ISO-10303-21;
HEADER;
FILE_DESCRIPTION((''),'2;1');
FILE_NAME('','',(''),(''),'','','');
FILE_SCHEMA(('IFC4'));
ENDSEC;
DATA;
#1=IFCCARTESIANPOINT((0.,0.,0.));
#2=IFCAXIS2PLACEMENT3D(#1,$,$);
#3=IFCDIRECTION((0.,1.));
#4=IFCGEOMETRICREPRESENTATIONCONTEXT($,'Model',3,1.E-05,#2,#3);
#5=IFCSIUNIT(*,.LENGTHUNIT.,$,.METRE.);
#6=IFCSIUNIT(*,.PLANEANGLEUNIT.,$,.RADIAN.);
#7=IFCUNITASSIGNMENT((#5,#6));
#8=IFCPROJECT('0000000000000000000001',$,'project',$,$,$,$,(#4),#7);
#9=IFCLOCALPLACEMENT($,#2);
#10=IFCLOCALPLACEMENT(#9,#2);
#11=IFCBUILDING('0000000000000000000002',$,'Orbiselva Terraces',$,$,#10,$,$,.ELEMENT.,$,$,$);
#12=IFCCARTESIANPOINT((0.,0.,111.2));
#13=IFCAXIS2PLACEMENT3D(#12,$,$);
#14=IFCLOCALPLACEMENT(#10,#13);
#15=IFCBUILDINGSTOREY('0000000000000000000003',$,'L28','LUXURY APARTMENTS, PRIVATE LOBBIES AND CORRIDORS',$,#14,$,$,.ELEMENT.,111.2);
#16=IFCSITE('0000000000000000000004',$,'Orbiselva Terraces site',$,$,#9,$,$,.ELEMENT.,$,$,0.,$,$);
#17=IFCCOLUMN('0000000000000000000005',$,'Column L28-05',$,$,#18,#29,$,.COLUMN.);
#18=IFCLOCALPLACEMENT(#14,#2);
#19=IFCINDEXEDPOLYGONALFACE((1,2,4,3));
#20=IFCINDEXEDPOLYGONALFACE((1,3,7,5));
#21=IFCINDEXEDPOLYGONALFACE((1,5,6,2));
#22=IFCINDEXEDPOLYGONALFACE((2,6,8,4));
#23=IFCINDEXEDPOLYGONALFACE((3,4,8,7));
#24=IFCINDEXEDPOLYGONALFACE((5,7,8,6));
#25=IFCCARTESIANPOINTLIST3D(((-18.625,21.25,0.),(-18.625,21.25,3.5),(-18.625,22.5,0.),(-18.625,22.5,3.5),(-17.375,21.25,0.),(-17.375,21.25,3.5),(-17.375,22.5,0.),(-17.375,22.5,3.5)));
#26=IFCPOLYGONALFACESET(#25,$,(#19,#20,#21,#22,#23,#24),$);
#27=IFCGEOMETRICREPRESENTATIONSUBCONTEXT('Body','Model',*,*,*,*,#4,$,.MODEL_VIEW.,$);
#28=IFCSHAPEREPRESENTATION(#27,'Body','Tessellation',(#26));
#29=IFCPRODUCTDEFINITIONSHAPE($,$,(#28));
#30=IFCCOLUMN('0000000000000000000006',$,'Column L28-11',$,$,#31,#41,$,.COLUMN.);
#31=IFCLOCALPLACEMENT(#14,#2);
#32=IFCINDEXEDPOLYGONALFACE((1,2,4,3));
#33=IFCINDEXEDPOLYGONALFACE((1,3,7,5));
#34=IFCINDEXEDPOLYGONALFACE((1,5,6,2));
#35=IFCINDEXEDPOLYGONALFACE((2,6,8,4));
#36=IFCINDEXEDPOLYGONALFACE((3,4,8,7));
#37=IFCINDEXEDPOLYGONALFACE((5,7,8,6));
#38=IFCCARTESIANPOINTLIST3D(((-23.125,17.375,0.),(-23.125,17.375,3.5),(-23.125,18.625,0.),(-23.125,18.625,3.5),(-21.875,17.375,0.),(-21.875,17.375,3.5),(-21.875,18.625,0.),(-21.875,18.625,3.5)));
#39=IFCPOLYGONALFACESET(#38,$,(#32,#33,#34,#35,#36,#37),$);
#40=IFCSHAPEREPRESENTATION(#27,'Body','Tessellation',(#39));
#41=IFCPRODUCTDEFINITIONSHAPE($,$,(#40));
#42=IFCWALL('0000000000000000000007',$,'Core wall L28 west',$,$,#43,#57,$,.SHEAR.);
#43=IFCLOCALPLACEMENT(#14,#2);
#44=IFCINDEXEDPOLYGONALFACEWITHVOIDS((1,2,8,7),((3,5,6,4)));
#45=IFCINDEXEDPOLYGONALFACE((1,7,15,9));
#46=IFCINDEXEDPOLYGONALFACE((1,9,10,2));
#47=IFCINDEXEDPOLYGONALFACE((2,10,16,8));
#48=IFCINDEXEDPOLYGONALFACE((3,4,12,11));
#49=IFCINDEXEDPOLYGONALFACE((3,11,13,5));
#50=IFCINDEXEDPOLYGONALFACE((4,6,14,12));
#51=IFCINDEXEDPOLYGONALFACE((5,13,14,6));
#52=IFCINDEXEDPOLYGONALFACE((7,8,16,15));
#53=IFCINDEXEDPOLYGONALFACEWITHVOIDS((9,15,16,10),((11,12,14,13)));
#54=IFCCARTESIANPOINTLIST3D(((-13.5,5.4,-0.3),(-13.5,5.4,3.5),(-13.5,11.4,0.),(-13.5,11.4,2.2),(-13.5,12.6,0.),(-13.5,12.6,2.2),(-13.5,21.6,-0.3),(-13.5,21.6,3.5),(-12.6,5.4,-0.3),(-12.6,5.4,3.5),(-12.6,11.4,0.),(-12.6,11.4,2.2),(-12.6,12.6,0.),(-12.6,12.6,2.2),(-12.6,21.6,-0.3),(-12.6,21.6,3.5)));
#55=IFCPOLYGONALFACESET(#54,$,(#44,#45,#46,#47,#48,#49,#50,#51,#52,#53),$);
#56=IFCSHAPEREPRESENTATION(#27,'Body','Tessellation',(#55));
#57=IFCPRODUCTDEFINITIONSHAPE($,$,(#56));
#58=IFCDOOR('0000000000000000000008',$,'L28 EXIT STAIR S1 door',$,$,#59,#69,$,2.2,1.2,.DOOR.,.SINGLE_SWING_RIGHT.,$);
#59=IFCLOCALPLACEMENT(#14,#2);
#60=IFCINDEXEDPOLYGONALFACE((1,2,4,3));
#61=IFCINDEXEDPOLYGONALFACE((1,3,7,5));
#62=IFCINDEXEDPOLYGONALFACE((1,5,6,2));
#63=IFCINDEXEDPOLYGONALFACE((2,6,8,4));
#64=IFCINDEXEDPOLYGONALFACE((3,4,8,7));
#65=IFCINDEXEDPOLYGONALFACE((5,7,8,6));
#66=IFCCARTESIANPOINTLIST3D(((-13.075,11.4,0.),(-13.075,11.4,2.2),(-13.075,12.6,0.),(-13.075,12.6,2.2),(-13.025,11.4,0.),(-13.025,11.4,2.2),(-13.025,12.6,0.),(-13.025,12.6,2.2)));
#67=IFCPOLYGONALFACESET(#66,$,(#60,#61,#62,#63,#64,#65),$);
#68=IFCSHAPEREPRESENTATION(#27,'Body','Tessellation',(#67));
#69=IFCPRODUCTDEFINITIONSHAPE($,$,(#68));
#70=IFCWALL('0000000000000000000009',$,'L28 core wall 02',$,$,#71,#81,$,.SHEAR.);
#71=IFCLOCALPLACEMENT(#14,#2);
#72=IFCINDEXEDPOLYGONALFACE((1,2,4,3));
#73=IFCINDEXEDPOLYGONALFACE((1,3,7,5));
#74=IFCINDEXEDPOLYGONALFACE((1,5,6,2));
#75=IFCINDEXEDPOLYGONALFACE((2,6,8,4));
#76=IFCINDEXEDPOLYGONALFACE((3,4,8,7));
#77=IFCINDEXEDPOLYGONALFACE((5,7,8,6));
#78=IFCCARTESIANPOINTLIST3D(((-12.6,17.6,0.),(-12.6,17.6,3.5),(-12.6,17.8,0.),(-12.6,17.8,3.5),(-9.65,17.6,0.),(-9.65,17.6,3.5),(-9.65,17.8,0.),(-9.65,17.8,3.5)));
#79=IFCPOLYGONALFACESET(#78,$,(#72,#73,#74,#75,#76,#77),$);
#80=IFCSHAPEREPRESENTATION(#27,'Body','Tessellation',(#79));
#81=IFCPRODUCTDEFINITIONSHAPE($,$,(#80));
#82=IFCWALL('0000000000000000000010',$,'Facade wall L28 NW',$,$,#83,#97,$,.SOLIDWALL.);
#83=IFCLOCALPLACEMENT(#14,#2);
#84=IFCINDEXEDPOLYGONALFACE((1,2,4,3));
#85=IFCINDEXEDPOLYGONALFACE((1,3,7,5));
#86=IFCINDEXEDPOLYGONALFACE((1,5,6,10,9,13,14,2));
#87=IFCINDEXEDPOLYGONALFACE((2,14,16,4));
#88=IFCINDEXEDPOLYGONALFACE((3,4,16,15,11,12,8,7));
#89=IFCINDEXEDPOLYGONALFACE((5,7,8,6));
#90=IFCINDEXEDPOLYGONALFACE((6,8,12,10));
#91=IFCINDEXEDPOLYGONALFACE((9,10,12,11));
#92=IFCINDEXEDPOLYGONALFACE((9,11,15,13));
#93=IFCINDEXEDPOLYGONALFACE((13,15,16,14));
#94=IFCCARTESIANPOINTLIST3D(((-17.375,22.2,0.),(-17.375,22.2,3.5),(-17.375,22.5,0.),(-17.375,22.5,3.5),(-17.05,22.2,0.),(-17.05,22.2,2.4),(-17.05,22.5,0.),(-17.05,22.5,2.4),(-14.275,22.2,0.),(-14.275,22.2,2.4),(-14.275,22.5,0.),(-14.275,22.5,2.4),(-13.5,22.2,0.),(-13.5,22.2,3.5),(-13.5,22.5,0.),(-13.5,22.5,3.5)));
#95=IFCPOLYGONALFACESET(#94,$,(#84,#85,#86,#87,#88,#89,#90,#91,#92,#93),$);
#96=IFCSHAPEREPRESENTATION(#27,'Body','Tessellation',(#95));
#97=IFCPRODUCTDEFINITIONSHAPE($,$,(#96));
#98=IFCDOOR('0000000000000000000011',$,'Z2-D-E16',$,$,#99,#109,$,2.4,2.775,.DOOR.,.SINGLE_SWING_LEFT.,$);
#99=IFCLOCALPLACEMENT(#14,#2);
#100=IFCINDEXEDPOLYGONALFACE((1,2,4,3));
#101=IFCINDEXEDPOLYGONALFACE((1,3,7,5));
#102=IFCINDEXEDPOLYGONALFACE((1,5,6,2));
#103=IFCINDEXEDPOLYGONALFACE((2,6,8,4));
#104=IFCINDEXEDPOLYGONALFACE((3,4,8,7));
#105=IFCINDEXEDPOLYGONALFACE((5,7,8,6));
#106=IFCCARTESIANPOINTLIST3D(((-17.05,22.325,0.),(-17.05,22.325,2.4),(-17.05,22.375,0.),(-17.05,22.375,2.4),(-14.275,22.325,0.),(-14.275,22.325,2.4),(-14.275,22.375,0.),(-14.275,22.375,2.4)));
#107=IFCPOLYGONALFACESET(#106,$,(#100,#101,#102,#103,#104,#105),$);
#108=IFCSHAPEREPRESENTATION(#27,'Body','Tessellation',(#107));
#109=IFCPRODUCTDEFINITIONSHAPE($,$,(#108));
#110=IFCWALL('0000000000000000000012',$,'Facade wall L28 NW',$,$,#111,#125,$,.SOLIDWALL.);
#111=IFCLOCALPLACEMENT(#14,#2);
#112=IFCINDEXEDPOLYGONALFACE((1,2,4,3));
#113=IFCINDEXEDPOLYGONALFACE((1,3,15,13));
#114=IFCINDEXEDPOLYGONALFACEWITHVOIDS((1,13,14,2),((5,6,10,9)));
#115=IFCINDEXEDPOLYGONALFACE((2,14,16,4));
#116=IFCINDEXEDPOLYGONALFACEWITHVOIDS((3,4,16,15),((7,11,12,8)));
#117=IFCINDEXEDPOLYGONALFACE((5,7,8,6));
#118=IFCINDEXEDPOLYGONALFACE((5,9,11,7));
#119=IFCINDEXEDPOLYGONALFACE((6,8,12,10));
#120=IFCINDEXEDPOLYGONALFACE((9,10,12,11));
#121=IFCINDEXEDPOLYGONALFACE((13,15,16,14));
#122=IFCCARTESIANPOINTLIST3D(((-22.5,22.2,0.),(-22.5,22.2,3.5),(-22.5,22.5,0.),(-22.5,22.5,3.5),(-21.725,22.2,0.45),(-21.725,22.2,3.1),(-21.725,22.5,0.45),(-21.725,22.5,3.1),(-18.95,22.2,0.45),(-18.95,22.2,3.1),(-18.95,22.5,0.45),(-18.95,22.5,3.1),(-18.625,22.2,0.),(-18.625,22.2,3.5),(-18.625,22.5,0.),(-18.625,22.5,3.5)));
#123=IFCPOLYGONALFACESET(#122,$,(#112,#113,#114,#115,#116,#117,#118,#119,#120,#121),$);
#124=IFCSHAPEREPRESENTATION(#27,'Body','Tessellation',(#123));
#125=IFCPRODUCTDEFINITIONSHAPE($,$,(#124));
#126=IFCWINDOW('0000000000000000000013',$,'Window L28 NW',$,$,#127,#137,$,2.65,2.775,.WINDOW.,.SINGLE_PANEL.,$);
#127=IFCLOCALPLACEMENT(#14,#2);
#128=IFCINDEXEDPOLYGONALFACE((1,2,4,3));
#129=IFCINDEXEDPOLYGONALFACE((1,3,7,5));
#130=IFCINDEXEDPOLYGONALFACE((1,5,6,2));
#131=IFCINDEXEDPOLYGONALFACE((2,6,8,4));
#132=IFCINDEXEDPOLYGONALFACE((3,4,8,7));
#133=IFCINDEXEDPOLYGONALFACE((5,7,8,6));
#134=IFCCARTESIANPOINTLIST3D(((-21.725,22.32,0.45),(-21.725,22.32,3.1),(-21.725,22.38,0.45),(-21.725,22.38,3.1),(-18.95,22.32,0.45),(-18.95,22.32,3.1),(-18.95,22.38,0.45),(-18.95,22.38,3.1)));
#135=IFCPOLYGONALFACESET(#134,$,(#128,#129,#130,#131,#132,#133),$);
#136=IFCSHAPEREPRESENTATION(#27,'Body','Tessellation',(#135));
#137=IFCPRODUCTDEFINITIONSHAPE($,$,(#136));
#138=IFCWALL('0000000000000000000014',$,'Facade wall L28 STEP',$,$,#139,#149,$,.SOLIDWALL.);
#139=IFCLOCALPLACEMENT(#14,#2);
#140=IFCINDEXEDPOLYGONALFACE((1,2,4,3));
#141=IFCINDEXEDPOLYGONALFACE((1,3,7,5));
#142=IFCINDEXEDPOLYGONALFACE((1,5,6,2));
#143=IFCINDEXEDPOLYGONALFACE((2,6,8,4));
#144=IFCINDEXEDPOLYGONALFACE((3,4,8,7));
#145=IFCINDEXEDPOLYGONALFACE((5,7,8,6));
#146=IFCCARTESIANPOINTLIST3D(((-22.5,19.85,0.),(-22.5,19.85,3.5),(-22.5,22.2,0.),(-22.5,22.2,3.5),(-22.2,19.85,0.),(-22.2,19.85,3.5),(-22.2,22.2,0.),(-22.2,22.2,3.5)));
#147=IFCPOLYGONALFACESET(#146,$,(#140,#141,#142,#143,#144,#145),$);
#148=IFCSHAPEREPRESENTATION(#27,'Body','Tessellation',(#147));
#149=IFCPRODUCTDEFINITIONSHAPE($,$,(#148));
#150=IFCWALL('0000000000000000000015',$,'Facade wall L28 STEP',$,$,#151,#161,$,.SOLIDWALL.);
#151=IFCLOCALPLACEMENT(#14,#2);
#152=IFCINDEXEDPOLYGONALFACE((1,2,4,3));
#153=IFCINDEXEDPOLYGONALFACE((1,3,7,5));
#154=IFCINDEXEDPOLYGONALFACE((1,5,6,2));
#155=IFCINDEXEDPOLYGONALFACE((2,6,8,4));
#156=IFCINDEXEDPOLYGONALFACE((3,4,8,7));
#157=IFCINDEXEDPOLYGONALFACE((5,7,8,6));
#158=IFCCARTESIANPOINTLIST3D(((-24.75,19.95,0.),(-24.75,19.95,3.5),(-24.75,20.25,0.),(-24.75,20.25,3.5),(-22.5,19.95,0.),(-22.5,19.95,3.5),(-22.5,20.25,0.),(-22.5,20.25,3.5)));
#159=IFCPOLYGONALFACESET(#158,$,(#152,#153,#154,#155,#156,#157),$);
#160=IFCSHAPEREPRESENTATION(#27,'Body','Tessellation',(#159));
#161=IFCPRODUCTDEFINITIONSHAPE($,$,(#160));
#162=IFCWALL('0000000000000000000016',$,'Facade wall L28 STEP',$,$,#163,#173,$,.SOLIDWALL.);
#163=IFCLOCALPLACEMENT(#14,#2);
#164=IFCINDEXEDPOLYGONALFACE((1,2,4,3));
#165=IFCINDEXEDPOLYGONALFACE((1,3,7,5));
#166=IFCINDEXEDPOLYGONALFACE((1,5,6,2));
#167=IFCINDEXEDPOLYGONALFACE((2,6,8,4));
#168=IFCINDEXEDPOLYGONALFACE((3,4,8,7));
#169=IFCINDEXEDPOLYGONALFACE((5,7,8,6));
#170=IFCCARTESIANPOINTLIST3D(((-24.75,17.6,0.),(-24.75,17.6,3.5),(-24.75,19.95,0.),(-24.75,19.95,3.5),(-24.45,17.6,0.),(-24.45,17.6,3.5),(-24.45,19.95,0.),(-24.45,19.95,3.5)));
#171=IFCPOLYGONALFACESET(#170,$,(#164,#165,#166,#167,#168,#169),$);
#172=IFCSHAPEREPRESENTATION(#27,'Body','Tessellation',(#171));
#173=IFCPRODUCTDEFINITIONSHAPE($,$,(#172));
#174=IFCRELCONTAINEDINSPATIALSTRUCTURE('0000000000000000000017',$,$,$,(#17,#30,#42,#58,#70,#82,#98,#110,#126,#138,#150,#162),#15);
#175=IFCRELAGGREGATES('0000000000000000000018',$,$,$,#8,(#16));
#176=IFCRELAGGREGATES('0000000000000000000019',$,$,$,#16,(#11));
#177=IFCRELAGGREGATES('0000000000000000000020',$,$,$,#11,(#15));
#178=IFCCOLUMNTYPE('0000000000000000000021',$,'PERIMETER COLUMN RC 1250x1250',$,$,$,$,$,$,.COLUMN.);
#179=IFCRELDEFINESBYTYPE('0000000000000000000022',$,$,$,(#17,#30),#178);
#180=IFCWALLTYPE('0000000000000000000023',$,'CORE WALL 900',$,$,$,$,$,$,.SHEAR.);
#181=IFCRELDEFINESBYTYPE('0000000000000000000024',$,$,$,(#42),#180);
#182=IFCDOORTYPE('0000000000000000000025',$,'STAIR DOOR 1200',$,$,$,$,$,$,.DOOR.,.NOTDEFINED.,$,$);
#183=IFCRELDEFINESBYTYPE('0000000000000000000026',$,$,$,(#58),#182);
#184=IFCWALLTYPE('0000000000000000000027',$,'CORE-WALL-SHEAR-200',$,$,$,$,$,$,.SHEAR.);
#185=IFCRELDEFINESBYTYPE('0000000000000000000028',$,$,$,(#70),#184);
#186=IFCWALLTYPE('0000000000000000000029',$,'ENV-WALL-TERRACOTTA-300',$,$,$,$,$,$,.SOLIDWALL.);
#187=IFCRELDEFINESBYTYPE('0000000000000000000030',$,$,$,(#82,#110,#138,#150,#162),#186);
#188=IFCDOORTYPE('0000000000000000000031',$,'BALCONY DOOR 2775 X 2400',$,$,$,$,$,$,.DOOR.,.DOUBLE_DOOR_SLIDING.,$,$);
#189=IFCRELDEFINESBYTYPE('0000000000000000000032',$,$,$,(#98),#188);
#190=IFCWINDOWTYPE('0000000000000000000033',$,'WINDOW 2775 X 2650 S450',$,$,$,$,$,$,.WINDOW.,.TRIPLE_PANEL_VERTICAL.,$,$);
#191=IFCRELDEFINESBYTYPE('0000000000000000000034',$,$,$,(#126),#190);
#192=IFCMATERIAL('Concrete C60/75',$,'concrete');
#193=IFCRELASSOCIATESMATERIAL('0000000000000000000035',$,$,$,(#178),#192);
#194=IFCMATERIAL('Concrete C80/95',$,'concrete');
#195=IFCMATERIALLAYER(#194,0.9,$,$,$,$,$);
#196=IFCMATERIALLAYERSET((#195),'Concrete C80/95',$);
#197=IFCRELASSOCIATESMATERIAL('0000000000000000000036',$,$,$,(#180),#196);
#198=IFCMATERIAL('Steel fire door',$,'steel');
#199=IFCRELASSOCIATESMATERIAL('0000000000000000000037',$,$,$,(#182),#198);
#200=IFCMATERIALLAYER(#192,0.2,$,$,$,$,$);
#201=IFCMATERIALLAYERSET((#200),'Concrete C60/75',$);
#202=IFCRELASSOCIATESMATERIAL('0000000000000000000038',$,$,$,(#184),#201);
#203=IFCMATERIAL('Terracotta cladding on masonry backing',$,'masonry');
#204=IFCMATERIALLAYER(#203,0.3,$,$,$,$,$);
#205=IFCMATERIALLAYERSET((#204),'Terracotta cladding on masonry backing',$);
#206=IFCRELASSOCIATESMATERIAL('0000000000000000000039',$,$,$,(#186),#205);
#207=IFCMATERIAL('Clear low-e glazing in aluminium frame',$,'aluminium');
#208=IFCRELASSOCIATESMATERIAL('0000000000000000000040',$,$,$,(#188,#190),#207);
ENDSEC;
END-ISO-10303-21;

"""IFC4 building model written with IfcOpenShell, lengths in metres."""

from ifc_helpers import new_model, si_unit, direction, frame, frame_2d, origin, origin_2d, place, context, subcontext, project, spatial, rectangle, extrude, material, layer, layer_set, material_profile, profile_set, type_object, element, fill, save


model = new_model("IFC4")

# Units and contexts
model_context = context("Model", 3, precision=1e-05, world=origin(), true_north=direction((0.0, 1.0)))
body_context = subcontext(model_context, "Body", "Model", "MODEL_VIEW")
ifc_project = project(units=[si_unit("LENGTHUNIT", "METRE"), si_unit("PLANEANGLEUNIT", "RADIAN")], contexts=[model_context])

# Site, building, storey
site_placement = place(None, origin())
site = spatial("IfcSite", under=ifc_project, at=site_placement, Name="Orbiselva Terraces site", CompositionType="ELEMENT", RefElevation=0.0)
building_placement = place(site_placement, origin())
building = spatial("IfcBuilding", under=site, at=building_placement, Name="Orbiselva Terraces", CompositionType="ELEMENT")
storey_placement = place(building_placement, frame((0.0, 0.0, 111.2)))
storey = spatial("IfcBuildingStorey", under=building, at=storey_placement, Name="L28", Description="LUXURY APARTMENTS, PRIVATE LOBBIES AND CORRIDORS", CompositionType="ELEMENT", Elevation=111.2)

# Columns
ifc_material_1 = material(Name="Concrete C60/75", Category="concrete")
ifc_material_profile = material_profile(ifc_material_1, rectangle(XDim=1.25, YDim=1.25, at=origin_2d()), Name="RC 1250x1250")
ifc_profile_set = profile_set([ifc_material_profile], Name="Concrete C60/75")
column_type = type_object("IfcColumnType", Name="PERIMETER COLUMN RC 1250x1250", PredefinedType="COLUMN", material=ifc_profile_set)
for number, where, z_axis, x_axis, name in (
    (1, (-18.0, 21.875, 0.0), (0.0, 0.0, 1.0), (1.0, 0.0, 0.0), "Column L28-05"),
    (2, (-22.5, 18.0, 0.0), (0.0, 0.0, 1.0), (1.0, 0.0, 0.0), "Column L28-11"),
):
    element("IfcColumn", number, at=place(storey_placement, frame(where, z_axis=z_axis, x_axis=x_axis)), inside=storey, type_object=column_type, Name=name, PredefinedType="COLUMN", context=body_context, shape_type="SweptSolid", body=[
        extrude(rectangle(XDim=1.25, YDim=1.25, at=origin_2d()), origin(), (0.0, 0.0, 1.0), 3.5),
    ])

# Wall, opening, door
ifc_material_2 = material(Name="Concrete C80/95", Category="concrete")
ifc_layer_1 = layer(ifc_material_2, 0.9)
ifc_layer_set_1 = layer_set([ifc_layer_1], Name="Concrete C80/95")
wall_type_1 = type_object("IfcWallType", Name="CORE WALL 900", PredefinedType="SHEAR", material=ifc_layer_set_1)
wall_1_placement = place(storey_placement, frame((-13.05, 21.6, -0.3), z_axis=(0.0, 0.0, 1.0), x_axis=(0.0, -1.0, 0.0)))
wall_1 = element("IfcWall", 3, at=wall_1_placement, inside=storey, type_object=wall_type_1, Name="Core wall L28 west", PredefinedType="SHEAR", context=body_context, shape_type="SweptSolid", body=[
    extrude(rectangle(XDim=16.2, YDim=0.9, at=frame_2d((8.1, 0.0))), origin(), (0.0, 0.0, 1.0), 3.8),
])
opening_1_placement = place(wall_1_placement, frame((9.0, 0.0, 0.3)))
opening_1 = element("IfcOpeningElement", 4, at=opening_1_placement, cuts=wall_1, PredefinedType="OPENING", context=body_context, shape_type="SweptSolid", body=[
    extrude(rectangle(XDim=1.2, YDim=2.2, at=frame_2d((0.6, 1.1))), frame((0.0, 0.46, 0.0), z_axis=(0.0, -1.0, 0.0), x_axis=(1.0, 0.0, 0.0)), (0.0, 0.0, 1.0), 0.92),
])
ifc_material_3 = material(Name="Steel fire door", Category="steel")
door_type_1 = type_object("IfcDoorType", Name="STAIR DOOR 1200", OperationType="NOTDEFINED", PredefinedType="DOOR", material=ifc_material_3)
door_1_placement = place(opening_1_placement, frame((1.2, 0.0, 0.0), z_axis=(0.0, 0.0, 1.0), x_axis=(-1.0, 0.0, 0.0)))
door_1 = element("IfcDoor", 5, at=door_1_placement, inside=storey, type_object=door_type_1, Name="L28 EXIT STAIR S1 door", OperationType="SINGLE_SWING_RIGHT", OverallHeight=2.2, OverallWidth=1.2, PredefinedType="DOOR", context=body_context, shape_type="SweptSolid", body=[
    extrude(rectangle(XDim=1.2, YDim=2.2, at=frame_2d((0.6, 1.1))), frame((0.0, 0.025, 0.0), z_axis=(0.0, -1.0, 0.0), x_axis=(1.0, 0.0, 0.0)), (0.0, 0.0, 1.0), 0.05),
])
fill(opening_1, door_1)

# Wall
ifc_layer_2 = layer(ifc_material_1, 0.2)
ifc_layer_set_2 = layer_set([ifc_layer_2], Name="Concrete C60/75")
wall_type_2 = type_object("IfcWallType", Name="CORE-WALL-SHEAR-200", PredefinedType="SHEAR", material=ifc_layer_set_2)
wall_2_placement = place(storey_placement, frame((-12.6, 17.7, 0.0), z_axis=(0.0, 0.0, 1.0), x_axis=(1.0, 0.0, 0.0)))
element("IfcWall", 6, at=wall_2_placement, inside=storey, type_object=wall_type_2, Name="L28 core wall 02", PredefinedType="SHEAR", context=body_context, shape_type="SweptSolid", body=[
    extrude(rectangle(XDim=2.95, YDim=0.2, at=frame_2d((1.475, 0.0))), origin(), (0.0, 0.0, 1.0), 3.5),
])

# Wall, opening, door
ifc_material_4 = material(Name="Terracotta cladding on masonry backing", Category="masonry")
ifc_layer_3 = layer(ifc_material_4, 0.3)
ifc_layer_set_3 = layer_set([ifc_layer_3], Name="Terracotta cladding on masonry backing")
wall_type_3 = type_object("IfcWallType", Name="ENV-WALL-TERRACOTTA-300", PredefinedType="SOLIDWALL", material=ifc_layer_set_3)
wall_3_placement = place(storey_placement, frame((-17.375, 22.35, 0.0), z_axis=(0.0, 0.0, 1.0), x_axis=(1.0, 0.0, 0.0)))
wall_3 = element("IfcWall", 7, at=wall_3_placement, inside=storey, type_object=wall_type_3, Name="Facade wall L28 NW", PredefinedType="SOLIDWALL", context=body_context, shape_type="SweptSolid", body=[
    extrude(rectangle(XDim=3.875, YDim=0.3, at=frame_2d((1.9375, 0.0))), origin(), (0.0, 0.0, 1.0), 3.5),
])
opening_2_placement = place(wall_3_placement, frame((0.325, 0.0, 0.0)))
opening_2 = element("IfcOpeningElement", 8, at=opening_2_placement, cuts=wall_3, PredefinedType="OPENING", context=body_context, shape_type="SweptSolid", body=[
    extrude(rectangle(XDim=2.775, YDim=2.4, at=frame_2d((1.3875, 1.2))), frame((0.0, 0.16, 0.0), z_axis=(0.0, -1.0, 0.0), x_axis=(1.0, 0.0, 0.0)), (0.0, 0.0, 1.0), 0.32),
])
ifc_material_5 = material(Name="Clear low-e glazing in aluminium frame", Category="aluminium")
door_type_2 = type_object("IfcDoorType", Name="BALCONY DOOR 2775 X 2400", OperationType="DOUBLE_DOOR_SLIDING", PredefinedType="DOOR", material=ifc_material_5)
door_2_placement = place(opening_2_placement, origin())
door_2 = element("IfcDoor", 9, at=door_2_placement, inside=storey, type_object=door_type_2, Name="Z2-D-E16", OperationType="SINGLE_SWING_LEFT", OverallHeight=2.4, OverallWidth=2.775, PredefinedType="DOOR", context=body_context, shape_type="SweptSolid", body=[
    extrude(rectangle(XDim=2.775, YDim=2.4, at=frame_2d((1.3875, 1.2))), frame((0.0, 0.025, 0.0), z_axis=(0.0, -1.0, 0.0), x_axis=(1.0, 0.0, 0.0)), (0.0, 0.0, 1.0), 0.05),
])
fill(opening_2, door_2)

# Wall, opening, window
wall_4_placement = place(storey_placement, frame((-22.5, 22.35, 0.0), z_axis=(0.0, 0.0, 1.0), x_axis=(1.0, 0.0, 0.0)))
wall_4 = element("IfcWall", 10, at=wall_4_placement, inside=storey, type_object=wall_type_3, Name="Facade wall L28 NW", PredefinedType="SOLIDWALL", context=body_context, shape_type="SweptSolid", body=[
    extrude(rectangle(XDim=3.875, YDim=0.3, at=frame_2d((1.9375, 0.0))), origin(), (0.0, 0.0, 1.0), 3.5),
])
opening_3_placement = place(wall_4_placement, frame((0.775, 0.0, 0.45)))
opening_3 = element("IfcOpeningElement", 11, at=opening_3_placement, cuts=wall_4, PredefinedType="OPENING", context=body_context, shape_type="SweptSolid", body=[
    extrude(rectangle(XDim=2.775, YDim=2.65, at=frame_2d((1.3875, 1.325))), frame((0.0, 0.16, 0.0), z_axis=(0.0, -1.0, 0.0), x_axis=(1.0, 0.0, 0.0)), (0.0, 0.0, 1.0), 0.32),
])
window_type = type_object("IfcWindowType", Name="WINDOW 2775 X 2650 S450", PartitioningType="TRIPLE_PANEL_VERTICAL", PredefinedType="WINDOW", material=ifc_material_5)
window_placement = place(opening_3_placement, origin())
window = element("IfcWindow", 12, at=window_placement, inside=storey, type_object=window_type, Name="Window L28 NW", OverallHeight=2.65, OverallWidth=2.775, PartitioningType="SINGLE_PANEL", PredefinedType="WINDOW", context=body_context, shape_type="SweptSolid", body=[
    extrude(rectangle(XDim=2.775, YDim=2.65, at=frame_2d((1.3875, 1.325))), frame((0.0, 0.03, 0.0), z_axis=(0.0, -1.0, 0.0), x_axis=(1.0, 0.0, 0.0)), (0.0, 0.0, 1.0), 0.06),
])
fill(opening_3, window)

# Walls
wall_5_placement = place(storey_placement, frame((-22.35, 19.85, 0.0), z_axis=(0.0, 0.0, 1.0), x_axis=(0.0, 1.0, 0.0)))
element("IfcWall", 13, at=wall_5_placement, inside=storey, type_object=wall_type_3, Name="Facade wall L28 STEP", PredefinedType="SOLIDWALL", context=body_context, shape_type="SweptSolid", body=[
    extrude(rectangle(XDim=2.35, YDim=0.3, at=frame_2d((1.175, 0.0))), origin(), (0.0, 0.0, 1.0), 3.5),
])
wall_6_placement = place(storey_placement, frame((-24.75, 20.1, 0.0), z_axis=(0.0, 0.0, 1.0), x_axis=(1.0, 0.0, 0.0)))
element("IfcWall", 14, at=wall_6_placement, inside=storey, type_object=wall_type_3, Name="Facade wall L28 STEP", PredefinedType="SOLIDWALL", context=body_context, shape_type="SweptSolid", body=[
    extrude(rectangle(XDim=2.25, YDim=0.3, at=frame_2d((1.125, 0.0))), origin(), (0.0, 0.0, 1.0), 3.5),
])
wall_7_placement = place(storey_placement, frame((-24.6, 17.6, 0.0), z_axis=(0.0, 0.0, 1.0), x_axis=(0.0, 1.0, 0.0)))
element("IfcWall", 15, at=wall_7_placement, inside=storey, type_object=wall_type_3, Name="Facade wall L28 STEP", PredefinedType="SOLIDWALL", context=body_context, shape_type="SweptSolid", body=[
    extrude(rectangle(XDim=2.35, YDim=0.3, at=frame_2d((1.175, 0.0))), origin(), (0.0, 0.0, 1.0), 3.5),
])

save(model, "model.ifc")
